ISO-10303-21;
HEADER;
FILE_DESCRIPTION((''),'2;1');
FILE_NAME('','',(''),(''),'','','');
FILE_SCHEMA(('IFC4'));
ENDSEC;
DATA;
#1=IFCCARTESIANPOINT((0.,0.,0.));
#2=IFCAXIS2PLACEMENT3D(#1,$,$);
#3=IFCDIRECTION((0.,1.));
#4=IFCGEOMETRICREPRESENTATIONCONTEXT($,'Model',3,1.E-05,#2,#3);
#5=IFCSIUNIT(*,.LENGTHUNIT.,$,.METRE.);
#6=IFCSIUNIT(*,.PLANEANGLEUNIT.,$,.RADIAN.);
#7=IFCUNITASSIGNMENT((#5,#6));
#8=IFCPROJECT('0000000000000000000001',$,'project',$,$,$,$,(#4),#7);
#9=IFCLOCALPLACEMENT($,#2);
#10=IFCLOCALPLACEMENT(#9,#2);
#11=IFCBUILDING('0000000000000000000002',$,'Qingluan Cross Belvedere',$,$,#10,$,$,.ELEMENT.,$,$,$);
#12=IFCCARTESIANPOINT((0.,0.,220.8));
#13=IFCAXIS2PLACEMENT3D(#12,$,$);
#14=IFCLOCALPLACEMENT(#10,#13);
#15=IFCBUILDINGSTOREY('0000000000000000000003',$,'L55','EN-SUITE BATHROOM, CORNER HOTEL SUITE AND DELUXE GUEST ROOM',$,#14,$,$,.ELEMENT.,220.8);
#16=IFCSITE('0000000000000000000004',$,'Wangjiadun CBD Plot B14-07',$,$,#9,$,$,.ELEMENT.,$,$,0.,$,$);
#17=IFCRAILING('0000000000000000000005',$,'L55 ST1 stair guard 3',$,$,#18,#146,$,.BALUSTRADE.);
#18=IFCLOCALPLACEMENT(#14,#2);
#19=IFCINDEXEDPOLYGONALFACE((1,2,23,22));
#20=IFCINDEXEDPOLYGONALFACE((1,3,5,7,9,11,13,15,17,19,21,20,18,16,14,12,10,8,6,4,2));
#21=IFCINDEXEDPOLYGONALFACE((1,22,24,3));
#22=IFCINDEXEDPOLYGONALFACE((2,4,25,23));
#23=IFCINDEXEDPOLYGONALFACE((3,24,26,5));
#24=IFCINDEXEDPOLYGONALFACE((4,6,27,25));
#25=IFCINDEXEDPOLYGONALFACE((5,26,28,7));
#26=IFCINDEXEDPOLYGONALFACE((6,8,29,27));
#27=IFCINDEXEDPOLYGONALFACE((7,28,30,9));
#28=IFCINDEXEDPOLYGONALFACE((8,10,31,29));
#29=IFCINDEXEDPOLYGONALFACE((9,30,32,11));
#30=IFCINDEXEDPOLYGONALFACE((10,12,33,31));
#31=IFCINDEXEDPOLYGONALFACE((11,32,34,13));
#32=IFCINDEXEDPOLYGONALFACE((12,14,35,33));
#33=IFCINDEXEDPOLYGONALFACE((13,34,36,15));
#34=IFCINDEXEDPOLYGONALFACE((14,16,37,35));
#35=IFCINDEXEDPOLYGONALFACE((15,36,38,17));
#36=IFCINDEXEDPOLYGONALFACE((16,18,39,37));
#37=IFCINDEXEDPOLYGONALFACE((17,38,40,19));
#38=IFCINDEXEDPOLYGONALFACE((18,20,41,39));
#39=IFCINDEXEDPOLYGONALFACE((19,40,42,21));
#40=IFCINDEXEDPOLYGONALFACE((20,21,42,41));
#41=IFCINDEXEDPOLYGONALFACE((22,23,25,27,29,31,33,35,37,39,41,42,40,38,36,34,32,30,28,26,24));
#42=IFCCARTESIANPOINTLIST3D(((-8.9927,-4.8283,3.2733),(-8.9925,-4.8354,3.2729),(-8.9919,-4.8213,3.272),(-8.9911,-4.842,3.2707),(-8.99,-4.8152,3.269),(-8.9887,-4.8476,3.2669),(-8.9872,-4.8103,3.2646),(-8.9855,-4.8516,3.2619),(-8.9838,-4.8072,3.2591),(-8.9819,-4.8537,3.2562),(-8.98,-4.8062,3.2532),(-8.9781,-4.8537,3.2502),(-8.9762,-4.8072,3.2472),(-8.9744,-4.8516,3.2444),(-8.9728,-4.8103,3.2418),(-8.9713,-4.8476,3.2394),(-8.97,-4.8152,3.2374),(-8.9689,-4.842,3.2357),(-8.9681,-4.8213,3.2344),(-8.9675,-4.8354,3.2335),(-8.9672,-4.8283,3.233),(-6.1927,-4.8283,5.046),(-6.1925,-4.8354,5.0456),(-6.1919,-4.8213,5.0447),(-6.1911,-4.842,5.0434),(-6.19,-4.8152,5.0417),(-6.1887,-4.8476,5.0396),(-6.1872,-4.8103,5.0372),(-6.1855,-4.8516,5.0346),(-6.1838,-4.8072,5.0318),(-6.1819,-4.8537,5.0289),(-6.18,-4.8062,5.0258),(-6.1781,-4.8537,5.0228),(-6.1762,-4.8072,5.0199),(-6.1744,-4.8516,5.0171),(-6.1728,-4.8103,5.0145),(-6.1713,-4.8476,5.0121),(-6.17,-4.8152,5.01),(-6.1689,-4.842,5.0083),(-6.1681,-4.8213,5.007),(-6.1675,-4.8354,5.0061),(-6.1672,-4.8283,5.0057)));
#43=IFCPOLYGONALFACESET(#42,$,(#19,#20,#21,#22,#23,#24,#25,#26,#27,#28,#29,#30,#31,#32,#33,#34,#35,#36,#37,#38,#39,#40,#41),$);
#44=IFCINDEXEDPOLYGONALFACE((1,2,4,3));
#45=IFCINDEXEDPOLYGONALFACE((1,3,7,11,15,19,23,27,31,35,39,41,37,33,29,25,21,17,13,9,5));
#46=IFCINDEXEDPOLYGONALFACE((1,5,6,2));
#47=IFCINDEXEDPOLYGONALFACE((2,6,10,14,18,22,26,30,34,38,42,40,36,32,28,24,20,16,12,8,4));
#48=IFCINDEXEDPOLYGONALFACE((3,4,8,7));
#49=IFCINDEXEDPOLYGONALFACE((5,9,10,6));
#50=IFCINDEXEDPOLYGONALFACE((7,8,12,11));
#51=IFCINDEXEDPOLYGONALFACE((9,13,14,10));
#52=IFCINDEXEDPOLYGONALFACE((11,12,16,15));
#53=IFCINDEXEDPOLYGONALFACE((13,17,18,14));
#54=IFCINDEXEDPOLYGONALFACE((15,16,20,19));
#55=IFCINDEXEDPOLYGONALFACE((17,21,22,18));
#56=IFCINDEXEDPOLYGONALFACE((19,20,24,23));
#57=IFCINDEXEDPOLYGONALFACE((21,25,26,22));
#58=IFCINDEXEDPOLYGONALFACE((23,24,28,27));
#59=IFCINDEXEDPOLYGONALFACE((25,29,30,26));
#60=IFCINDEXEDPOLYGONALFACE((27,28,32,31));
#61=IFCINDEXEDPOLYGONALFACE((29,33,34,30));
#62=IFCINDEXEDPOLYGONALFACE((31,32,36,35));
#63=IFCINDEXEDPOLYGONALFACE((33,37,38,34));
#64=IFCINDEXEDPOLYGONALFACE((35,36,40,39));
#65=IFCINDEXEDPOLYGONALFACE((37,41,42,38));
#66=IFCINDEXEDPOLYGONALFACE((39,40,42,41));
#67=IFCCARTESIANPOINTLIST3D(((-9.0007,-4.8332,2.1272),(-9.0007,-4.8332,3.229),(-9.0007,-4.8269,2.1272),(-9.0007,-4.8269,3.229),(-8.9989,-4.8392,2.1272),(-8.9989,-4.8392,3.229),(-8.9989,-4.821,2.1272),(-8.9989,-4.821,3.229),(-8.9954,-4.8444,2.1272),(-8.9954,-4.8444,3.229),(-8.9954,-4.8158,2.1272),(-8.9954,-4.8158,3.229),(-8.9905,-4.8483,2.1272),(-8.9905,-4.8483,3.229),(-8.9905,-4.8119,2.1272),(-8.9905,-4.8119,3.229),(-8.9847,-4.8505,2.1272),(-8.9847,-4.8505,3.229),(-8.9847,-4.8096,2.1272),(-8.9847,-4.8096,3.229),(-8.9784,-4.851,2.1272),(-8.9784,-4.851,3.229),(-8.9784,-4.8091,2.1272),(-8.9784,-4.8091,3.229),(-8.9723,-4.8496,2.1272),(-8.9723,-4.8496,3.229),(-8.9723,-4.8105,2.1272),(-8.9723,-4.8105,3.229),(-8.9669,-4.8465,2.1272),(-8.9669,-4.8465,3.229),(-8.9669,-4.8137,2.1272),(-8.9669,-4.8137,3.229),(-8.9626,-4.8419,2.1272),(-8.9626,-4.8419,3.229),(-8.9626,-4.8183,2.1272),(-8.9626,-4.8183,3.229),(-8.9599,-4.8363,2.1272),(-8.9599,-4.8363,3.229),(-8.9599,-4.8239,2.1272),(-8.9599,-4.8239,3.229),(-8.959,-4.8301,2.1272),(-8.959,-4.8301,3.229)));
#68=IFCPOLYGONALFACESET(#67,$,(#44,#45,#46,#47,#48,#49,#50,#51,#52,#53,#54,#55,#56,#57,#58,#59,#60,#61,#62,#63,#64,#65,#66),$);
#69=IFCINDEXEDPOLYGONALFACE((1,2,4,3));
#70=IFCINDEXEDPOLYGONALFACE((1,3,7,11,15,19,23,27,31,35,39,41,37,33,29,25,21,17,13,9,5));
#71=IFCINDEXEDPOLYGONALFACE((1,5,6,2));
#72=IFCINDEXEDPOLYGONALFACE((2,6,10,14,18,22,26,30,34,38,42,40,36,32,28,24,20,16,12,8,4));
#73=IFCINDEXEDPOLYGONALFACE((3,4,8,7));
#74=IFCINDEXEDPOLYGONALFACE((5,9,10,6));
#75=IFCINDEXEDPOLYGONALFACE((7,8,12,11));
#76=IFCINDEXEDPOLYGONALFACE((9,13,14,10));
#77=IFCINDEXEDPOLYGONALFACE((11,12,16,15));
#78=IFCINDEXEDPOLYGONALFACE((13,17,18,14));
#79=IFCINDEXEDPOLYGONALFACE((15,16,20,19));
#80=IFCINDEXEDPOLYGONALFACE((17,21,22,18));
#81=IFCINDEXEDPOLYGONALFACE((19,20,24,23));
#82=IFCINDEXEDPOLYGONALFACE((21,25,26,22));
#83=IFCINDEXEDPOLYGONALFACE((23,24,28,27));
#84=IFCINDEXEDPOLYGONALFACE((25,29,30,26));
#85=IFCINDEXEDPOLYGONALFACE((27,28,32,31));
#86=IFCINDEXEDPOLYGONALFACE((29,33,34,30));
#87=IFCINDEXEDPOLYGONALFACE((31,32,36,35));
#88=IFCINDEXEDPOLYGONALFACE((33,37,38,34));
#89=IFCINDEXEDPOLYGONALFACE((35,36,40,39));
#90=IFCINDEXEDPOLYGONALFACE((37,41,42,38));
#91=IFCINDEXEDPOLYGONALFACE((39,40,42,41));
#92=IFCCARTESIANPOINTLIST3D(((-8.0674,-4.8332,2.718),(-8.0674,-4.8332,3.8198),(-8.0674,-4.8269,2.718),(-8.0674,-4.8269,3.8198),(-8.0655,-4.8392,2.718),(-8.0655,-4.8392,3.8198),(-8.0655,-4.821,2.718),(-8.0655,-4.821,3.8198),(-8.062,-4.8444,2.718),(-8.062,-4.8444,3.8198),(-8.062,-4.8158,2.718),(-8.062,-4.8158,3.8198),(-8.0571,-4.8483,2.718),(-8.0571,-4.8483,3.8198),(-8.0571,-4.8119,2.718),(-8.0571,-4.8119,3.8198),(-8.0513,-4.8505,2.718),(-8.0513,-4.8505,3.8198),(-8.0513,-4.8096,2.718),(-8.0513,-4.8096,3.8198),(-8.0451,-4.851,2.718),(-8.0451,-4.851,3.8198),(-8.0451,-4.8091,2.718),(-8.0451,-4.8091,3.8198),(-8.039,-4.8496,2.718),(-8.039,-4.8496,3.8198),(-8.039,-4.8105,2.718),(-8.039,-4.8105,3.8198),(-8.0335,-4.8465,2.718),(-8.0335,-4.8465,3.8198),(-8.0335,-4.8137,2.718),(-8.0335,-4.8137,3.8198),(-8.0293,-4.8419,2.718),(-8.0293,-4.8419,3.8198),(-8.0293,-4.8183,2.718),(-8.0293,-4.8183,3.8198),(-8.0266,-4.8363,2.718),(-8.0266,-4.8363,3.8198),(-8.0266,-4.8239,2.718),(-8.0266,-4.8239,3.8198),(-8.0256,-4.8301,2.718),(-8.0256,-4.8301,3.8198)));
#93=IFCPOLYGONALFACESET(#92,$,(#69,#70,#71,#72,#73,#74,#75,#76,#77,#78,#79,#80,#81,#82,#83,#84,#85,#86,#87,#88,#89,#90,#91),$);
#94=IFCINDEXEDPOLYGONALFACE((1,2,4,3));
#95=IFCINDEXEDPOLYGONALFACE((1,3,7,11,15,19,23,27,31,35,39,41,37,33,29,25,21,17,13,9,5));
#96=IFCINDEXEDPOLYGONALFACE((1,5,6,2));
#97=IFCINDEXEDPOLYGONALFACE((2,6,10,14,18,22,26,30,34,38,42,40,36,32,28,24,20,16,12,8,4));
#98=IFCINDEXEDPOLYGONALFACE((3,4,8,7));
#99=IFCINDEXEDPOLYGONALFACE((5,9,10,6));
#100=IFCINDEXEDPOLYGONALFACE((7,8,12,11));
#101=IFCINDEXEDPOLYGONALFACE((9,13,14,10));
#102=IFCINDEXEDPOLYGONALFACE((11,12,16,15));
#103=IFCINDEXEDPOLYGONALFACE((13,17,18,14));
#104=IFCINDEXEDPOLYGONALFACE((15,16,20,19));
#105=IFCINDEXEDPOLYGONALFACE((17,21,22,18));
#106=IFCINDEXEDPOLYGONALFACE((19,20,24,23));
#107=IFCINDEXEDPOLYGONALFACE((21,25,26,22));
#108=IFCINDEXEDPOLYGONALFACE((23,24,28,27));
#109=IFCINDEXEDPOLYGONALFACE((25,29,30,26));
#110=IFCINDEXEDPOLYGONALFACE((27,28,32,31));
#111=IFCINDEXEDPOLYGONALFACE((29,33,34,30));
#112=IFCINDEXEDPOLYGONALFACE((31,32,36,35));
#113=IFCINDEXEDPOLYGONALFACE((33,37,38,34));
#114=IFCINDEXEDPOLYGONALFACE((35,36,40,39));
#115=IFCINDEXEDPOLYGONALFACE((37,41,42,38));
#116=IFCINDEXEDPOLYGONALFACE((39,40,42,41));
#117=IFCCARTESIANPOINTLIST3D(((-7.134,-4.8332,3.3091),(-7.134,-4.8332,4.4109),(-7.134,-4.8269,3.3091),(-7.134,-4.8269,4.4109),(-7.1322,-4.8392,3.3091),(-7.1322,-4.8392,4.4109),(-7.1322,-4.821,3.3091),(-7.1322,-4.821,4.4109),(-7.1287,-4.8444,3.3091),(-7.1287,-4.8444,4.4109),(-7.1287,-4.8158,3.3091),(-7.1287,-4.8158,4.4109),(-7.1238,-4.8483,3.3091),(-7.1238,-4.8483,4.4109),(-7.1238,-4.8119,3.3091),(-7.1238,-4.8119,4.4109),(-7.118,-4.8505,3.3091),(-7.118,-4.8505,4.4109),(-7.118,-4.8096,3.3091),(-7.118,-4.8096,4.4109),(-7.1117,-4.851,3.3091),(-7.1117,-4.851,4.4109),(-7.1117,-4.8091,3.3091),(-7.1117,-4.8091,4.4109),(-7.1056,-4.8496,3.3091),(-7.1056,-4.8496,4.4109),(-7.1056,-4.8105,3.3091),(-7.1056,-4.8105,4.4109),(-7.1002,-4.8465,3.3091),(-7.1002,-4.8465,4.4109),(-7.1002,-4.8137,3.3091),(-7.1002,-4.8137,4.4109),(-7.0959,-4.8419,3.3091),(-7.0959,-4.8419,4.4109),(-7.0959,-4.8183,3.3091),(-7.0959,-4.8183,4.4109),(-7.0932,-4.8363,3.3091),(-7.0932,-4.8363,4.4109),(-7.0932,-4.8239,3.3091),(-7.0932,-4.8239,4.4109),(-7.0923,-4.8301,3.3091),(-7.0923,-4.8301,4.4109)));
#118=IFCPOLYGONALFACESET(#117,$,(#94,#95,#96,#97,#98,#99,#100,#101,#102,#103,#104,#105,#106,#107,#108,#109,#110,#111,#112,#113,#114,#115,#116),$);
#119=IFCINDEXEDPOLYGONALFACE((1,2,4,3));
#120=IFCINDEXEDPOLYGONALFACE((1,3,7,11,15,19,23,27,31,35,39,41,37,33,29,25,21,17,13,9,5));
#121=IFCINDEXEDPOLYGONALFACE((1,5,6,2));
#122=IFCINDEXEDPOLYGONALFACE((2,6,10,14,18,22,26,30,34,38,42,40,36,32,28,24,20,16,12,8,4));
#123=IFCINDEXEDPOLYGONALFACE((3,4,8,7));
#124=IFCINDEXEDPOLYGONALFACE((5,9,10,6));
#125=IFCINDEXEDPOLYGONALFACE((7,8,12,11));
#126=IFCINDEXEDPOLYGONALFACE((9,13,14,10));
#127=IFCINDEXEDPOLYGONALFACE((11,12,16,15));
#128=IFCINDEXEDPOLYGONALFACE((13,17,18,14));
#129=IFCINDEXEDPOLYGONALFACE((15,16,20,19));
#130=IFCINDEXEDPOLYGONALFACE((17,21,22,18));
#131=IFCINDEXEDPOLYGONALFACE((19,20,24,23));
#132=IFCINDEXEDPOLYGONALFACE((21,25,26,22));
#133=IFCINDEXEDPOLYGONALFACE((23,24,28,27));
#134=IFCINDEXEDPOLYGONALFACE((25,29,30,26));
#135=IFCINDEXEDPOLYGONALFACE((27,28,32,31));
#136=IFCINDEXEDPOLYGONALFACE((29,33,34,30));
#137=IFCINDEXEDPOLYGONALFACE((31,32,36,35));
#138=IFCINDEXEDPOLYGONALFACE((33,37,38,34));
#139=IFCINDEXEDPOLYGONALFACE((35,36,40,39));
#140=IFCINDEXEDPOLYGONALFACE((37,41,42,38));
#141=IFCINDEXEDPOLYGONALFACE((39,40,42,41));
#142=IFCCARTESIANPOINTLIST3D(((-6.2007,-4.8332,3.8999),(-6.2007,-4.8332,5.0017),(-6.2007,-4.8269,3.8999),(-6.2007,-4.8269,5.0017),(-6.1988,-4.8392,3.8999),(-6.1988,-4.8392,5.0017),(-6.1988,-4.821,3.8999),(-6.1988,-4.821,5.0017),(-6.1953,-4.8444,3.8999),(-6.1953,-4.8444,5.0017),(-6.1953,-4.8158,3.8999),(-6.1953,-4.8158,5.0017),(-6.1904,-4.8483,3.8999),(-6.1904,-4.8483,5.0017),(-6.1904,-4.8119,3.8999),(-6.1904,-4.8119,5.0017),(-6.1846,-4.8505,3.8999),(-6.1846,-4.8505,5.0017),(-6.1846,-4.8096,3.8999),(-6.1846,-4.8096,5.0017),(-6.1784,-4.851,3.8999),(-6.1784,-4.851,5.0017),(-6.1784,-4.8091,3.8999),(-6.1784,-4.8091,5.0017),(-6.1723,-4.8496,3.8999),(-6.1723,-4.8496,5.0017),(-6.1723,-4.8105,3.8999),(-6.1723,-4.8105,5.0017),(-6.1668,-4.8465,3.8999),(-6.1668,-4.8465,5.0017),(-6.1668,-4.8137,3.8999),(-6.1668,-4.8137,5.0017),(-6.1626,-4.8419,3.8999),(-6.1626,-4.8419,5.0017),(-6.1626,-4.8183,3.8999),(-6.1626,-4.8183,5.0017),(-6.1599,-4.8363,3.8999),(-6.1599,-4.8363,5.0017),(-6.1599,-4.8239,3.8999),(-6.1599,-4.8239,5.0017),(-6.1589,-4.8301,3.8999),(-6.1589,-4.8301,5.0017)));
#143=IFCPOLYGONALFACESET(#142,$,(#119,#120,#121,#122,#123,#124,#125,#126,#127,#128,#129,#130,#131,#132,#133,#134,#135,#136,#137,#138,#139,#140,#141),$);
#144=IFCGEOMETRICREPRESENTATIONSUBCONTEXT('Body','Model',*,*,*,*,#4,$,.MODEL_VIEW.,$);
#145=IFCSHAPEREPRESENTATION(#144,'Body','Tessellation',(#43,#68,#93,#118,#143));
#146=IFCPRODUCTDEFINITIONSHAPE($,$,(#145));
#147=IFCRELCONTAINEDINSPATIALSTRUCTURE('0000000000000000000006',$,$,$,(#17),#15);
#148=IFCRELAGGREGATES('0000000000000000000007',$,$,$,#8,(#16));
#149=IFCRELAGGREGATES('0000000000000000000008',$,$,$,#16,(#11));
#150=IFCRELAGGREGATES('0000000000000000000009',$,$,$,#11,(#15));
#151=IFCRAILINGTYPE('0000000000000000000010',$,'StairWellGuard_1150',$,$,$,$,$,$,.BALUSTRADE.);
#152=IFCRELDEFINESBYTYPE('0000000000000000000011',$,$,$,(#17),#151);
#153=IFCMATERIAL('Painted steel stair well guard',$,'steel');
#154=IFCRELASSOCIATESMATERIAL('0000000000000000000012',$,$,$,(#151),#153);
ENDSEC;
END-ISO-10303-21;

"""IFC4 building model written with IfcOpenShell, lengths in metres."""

from ifc_helpers import new_model, si_unit, direction, frame, origin, origin_2d, place, context, subcontext, project, spatial, circle, extrude, material, type_object, element, save


model = new_model("IFC4")

# Units and contexts
model_context = context("Model", 3, precision=1e-05, world=origin(), true_north=direction((0.0, 1.0)))
body_context = subcontext(model_context, "Body", "Model", "MODEL_VIEW")
ifc_project = project(units=[si_unit("LENGTHUNIT", "METRE"), si_unit("PLANEANGLEUNIT", "RADIAN")], contexts=[model_context])

# Site, building, storey
site_placement = place(None, origin())
site = spatial("IfcSite", under=ifc_project, at=site_placement, Name="Wangjiadun CBD Plot B14-07", CompositionType="ELEMENT", RefElevation=0.0)
building_placement = place(site_placement, origin())
building = spatial("IfcBuilding", under=site, at=building_placement, Name="Qingluan Cross Belvedere", CompositionType="ELEMENT")
storey_placement = place(building_placement, frame((0.0, 0.0, 220.8)))
storey = spatial("IfcBuildingStorey", under=building, at=storey_placement, Name="L55", Description="EN-SUITE BATHROOM, CORNER HOTEL SUITE AND DELUXE GUEST ROOM", CompositionType="ELEMENT", Elevation=220.8)

# Railing
ifc_material_1 = material(Name="Painted steel stair well guard", Category="steel")
railing_type_1 = type_object("IfcRailingType", Name="StairWellGuard_1150", PredefinedType="BALUSTRADE", material=ifc_material_1)
railing_1_placement = place(storey_placement, frame((-8.98, -4.8301, 2.1272)))
element("IfcRailing", 1, at=railing_1_placement, inside=storey, type_object=railing_type_1, Name="L55 ST1 stair guard 3", PredefinedType="BALUSTRADE", context=body_context, shape_type="SweptSolid", body=[
    extrude(circle(Radius=0.0239, at=origin_2d()), frame((0.0, 0.0, 1.126), z_axis=(0.844909, 0.0, 0.53491), x_axis=(0.0, 1.0, 0.0)), (0.0, 0.0, 1.0), 3.314),
    extrude(circle(Radius=0.021, at=origin_2d()), origin(), (0.0, 0.0, 1.0), 1.1018),
    extrude(circle(Radius=0.021, at=origin_2d()), frame((0.9333, 0.0, 0.5908)), (0.0, 0.0, 1.0), 1.1018),
    extrude(circle(Radius=0.021, at=origin_2d()), frame((1.8667, 0.0, 1.1819)), (0.0, 0.0, 1.0), 1.1018),
    extrude(circle(Radius=0.021, at=origin_2d()), frame((2.8, 0.0, 1.7727)), (0.0, 0.0, 1.0), 1.1018),
])

save(model, "model.ifc")
